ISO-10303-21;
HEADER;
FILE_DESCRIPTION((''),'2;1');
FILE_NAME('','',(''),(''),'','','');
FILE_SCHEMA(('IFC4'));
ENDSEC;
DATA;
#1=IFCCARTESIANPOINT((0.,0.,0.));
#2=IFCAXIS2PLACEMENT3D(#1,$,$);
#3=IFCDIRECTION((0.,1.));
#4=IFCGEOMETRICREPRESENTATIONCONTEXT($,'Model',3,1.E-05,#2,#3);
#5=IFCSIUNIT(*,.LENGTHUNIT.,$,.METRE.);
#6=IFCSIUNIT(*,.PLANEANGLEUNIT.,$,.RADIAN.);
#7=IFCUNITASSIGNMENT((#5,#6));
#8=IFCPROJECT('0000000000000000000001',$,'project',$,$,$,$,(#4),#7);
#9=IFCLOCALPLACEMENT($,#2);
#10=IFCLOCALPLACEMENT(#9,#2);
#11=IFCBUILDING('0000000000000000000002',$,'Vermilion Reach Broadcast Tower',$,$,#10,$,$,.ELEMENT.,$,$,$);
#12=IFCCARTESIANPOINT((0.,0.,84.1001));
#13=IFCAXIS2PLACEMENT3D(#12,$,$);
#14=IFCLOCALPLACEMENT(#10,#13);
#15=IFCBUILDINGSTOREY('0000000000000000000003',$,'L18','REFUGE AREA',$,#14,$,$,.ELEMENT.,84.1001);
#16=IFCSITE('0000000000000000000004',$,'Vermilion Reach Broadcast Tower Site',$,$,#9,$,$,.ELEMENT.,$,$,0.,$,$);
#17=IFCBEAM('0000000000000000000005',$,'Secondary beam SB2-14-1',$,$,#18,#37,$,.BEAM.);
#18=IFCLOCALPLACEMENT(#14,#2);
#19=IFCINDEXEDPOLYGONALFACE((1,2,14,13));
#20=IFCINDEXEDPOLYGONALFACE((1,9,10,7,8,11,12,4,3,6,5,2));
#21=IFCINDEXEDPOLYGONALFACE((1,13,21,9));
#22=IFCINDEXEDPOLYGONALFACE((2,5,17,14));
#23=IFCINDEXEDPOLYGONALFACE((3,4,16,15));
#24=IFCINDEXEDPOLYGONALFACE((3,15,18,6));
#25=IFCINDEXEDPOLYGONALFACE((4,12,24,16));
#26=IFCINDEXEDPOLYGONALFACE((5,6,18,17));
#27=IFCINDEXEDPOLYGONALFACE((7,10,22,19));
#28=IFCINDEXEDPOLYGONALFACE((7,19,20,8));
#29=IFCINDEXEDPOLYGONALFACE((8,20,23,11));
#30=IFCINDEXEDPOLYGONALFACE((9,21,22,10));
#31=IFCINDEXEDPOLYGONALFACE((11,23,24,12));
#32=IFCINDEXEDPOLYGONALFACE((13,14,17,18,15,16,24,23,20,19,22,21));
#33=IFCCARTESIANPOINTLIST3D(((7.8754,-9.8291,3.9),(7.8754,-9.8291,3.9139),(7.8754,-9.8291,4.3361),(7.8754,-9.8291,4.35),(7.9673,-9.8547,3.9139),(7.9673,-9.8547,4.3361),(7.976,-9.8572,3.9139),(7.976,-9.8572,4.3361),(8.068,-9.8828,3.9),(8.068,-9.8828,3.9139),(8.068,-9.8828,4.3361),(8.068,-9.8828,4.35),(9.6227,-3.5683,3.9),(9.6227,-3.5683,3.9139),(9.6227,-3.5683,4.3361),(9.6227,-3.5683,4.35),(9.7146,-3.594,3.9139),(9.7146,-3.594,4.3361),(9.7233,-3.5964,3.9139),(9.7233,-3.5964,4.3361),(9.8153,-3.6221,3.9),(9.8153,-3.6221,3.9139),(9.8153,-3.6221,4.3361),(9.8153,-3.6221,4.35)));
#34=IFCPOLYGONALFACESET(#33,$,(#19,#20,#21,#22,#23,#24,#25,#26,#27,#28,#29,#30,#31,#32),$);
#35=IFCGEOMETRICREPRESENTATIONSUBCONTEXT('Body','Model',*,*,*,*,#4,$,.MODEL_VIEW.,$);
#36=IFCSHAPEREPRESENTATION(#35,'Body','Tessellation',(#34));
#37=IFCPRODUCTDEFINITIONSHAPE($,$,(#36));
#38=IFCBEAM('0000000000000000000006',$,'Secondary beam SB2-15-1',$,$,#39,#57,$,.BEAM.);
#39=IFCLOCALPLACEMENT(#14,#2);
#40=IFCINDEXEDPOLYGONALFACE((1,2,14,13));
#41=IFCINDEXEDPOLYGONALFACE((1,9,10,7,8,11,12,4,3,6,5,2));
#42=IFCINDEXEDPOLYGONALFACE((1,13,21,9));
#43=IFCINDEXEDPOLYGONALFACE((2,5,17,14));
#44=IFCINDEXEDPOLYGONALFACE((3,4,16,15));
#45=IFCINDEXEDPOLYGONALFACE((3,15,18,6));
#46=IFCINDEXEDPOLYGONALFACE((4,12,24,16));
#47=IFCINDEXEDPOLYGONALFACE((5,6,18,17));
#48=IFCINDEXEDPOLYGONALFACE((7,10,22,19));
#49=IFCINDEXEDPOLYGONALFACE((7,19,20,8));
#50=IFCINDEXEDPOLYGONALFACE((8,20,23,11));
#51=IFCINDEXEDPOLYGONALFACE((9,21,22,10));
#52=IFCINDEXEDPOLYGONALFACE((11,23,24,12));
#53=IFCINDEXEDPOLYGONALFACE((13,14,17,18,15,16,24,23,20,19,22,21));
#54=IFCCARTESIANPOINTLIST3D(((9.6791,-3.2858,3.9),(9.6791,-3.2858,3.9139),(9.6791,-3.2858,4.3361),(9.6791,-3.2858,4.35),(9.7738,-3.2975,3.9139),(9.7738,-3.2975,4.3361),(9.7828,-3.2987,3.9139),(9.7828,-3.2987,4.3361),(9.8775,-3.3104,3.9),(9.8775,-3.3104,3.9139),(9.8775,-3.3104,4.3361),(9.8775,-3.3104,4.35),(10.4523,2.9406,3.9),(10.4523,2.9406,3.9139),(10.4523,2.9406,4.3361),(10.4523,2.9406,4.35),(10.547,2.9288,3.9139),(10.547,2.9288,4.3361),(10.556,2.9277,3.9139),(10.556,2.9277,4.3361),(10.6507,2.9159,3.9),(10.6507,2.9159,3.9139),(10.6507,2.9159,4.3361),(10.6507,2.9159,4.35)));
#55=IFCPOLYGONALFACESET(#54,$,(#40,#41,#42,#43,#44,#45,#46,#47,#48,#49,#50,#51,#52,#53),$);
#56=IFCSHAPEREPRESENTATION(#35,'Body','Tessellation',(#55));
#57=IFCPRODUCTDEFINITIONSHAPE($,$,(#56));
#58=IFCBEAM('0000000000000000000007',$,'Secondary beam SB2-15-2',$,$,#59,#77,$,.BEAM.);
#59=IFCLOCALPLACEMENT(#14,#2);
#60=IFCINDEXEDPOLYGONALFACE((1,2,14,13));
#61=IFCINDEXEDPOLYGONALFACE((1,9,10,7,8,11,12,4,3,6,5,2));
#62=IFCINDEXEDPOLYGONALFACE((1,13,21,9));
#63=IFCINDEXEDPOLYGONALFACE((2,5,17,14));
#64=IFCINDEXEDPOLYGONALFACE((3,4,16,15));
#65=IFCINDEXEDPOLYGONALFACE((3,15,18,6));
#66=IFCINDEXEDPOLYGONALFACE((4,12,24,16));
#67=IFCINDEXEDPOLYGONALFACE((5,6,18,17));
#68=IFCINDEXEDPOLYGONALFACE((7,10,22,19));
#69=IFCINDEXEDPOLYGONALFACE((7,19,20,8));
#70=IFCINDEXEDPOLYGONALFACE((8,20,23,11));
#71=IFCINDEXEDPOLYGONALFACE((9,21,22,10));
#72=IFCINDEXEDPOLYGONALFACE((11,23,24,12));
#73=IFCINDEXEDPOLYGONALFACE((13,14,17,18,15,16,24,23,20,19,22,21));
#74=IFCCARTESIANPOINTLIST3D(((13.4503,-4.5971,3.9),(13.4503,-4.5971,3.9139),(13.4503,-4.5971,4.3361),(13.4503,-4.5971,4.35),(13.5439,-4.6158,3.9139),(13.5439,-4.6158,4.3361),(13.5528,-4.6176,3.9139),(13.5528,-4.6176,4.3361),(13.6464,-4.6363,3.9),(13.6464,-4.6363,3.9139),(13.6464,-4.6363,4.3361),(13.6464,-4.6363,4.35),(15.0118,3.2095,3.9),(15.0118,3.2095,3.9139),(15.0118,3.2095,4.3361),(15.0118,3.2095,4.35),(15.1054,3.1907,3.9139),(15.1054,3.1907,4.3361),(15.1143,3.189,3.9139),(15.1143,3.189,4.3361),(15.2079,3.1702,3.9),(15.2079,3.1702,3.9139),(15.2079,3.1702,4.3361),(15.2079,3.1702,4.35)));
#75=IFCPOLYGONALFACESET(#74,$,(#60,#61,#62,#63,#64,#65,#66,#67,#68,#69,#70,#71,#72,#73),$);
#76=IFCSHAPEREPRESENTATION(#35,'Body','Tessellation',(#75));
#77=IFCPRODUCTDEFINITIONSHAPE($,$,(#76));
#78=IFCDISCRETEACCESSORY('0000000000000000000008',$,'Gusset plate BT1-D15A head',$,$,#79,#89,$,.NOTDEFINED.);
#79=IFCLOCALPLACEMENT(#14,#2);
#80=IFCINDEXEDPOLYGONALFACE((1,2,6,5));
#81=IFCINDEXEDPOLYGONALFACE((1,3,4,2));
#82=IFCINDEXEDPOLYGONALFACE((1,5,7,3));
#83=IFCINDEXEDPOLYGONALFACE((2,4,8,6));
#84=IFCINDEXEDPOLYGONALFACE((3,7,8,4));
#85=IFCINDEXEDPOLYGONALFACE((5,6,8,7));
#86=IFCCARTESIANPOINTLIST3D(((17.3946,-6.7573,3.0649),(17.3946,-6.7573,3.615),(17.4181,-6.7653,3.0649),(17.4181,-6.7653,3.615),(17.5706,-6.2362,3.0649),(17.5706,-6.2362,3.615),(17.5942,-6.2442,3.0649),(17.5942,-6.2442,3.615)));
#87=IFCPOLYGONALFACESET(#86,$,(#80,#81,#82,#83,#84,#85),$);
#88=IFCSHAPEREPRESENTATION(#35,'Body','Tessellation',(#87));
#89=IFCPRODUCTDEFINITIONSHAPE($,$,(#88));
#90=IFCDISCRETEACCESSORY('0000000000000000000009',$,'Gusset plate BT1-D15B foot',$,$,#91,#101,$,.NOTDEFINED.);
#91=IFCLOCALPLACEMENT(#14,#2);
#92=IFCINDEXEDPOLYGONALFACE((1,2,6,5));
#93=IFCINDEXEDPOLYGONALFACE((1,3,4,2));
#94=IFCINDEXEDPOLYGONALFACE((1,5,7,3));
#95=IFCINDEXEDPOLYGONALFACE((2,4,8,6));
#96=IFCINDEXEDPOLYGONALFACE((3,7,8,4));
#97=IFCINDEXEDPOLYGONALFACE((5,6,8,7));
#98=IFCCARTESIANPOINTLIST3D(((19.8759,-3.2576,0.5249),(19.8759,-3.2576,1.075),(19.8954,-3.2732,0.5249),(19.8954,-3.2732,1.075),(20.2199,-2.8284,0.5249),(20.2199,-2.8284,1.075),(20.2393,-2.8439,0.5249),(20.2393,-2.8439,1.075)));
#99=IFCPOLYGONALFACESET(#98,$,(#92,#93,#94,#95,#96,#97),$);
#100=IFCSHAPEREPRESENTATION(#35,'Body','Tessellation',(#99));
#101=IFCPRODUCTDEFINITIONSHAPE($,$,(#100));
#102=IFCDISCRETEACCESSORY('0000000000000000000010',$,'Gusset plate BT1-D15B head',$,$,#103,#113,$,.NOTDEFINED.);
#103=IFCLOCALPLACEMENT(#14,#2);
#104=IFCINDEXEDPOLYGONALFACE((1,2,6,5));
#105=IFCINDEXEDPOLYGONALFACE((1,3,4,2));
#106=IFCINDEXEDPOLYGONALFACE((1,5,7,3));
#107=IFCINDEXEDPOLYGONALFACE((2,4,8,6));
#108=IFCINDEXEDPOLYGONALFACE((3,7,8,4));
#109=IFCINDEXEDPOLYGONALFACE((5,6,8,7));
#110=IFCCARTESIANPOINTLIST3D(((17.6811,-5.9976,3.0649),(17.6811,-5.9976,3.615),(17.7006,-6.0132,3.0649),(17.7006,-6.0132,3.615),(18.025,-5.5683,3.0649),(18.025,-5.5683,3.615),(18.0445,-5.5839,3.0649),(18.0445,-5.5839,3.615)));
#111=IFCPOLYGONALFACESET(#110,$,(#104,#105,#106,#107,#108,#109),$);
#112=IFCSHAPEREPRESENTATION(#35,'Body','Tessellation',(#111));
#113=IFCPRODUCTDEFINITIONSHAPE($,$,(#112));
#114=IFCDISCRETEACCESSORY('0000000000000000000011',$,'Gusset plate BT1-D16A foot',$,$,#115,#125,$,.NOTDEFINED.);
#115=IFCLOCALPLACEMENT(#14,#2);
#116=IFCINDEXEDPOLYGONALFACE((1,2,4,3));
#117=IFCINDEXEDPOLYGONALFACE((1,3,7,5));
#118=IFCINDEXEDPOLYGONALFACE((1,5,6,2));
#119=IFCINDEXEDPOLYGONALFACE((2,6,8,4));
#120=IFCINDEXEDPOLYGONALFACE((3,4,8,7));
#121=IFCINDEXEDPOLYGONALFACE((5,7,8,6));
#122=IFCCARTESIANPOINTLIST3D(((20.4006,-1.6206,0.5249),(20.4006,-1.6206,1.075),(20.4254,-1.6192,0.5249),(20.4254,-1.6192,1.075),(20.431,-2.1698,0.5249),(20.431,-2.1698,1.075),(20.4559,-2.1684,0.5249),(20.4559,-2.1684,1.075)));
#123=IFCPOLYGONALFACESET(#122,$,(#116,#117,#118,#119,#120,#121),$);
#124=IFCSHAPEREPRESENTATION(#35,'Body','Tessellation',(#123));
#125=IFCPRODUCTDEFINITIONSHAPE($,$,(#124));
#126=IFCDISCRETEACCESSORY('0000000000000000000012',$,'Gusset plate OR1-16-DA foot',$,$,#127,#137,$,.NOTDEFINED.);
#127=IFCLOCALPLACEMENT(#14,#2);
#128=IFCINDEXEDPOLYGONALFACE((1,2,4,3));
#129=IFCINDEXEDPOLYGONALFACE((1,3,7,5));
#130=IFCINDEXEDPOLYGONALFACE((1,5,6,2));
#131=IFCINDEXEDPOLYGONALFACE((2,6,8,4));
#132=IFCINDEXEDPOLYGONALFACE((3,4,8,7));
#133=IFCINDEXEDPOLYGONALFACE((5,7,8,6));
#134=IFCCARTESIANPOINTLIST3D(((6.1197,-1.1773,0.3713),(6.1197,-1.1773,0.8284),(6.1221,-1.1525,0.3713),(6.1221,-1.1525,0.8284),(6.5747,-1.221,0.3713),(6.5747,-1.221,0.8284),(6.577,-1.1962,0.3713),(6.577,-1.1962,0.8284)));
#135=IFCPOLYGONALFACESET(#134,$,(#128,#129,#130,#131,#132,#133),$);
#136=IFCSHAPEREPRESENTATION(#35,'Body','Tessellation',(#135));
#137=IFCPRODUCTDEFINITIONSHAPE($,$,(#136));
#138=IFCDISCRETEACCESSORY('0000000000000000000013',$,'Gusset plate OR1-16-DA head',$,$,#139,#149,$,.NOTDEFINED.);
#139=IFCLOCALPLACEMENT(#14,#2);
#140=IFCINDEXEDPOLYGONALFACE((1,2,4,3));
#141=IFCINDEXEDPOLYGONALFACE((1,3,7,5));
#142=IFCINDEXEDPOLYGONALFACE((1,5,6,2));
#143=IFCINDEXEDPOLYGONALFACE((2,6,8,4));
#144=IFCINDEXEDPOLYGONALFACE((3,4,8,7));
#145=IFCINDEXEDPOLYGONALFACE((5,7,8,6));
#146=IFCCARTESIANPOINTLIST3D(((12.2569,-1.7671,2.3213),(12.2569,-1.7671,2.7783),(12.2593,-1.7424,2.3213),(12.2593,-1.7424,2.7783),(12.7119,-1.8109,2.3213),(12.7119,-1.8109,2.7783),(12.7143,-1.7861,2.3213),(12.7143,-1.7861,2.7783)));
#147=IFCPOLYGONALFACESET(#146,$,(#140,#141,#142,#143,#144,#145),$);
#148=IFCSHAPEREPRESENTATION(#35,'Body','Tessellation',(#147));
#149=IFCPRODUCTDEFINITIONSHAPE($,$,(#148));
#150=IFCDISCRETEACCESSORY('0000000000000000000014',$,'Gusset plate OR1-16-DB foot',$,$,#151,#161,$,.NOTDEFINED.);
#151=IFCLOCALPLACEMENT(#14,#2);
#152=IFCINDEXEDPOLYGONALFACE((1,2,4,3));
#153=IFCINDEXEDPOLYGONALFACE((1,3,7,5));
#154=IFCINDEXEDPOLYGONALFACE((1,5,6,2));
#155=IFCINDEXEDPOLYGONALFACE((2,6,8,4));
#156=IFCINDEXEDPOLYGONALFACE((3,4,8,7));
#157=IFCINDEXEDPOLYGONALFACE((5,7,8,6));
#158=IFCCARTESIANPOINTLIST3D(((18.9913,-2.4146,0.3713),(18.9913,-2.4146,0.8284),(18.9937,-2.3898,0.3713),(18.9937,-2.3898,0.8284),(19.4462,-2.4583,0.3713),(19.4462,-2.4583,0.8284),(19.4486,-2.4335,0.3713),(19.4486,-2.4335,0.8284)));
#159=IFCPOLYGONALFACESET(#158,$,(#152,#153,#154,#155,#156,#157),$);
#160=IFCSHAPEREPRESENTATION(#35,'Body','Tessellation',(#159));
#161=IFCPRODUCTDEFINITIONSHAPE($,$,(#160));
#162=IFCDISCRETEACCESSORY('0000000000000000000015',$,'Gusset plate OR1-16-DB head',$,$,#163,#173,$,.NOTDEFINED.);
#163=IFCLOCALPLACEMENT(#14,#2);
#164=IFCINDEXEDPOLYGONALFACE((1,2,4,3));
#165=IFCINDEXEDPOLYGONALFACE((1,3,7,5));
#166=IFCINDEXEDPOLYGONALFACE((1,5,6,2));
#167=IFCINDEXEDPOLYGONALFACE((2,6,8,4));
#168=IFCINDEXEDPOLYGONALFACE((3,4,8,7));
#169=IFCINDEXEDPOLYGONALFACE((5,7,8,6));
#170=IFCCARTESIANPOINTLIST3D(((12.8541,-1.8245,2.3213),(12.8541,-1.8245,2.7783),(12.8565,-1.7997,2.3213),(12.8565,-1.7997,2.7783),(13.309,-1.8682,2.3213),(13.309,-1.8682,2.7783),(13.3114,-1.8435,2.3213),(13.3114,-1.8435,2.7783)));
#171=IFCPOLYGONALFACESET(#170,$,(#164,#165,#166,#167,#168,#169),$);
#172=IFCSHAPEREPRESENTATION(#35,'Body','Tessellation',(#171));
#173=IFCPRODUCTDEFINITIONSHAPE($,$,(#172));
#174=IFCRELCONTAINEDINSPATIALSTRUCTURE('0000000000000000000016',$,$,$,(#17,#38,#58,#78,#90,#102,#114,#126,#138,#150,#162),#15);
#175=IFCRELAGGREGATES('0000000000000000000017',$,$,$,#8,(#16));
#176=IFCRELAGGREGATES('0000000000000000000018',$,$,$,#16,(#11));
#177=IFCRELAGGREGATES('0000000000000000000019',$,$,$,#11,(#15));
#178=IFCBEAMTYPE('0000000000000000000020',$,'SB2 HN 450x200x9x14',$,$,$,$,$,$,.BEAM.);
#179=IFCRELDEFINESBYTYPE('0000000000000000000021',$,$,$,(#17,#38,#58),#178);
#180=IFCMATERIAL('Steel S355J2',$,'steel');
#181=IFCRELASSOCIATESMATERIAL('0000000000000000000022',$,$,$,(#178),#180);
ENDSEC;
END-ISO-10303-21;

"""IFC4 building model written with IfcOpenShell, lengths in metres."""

from ifc_helpers import new_model, si_unit, direction, frame, origin, origin_2d, place, context, subcontext, project, spatial, rectangle, i_section, extrude, material, material_profile, profile_set, type_object, element, save


model = new_model("IFC4")

# Units and contexts
model_context = context("Model", 3, precision=1e-05, world=origin(), true_north=direction((0.0, 1.0)))
body_context = subcontext(model_context, "Body", "Model", "MODEL_VIEW")
ifc_project = project(units=[si_unit("LENGTHUNIT", "METRE"), si_unit("PLANEANGLEUNIT", "RADIAN")], contexts=[model_context])

# Site, building, storey
site_placement = place(None, origin())
site = spatial("IfcSite", under=ifc_project, at=site_placement, Name="Vermilion Reach Broadcast Tower Site", CompositionType="ELEMENT", RefElevation=0.0)
building_placement = place(site_placement, origin())
building = spatial("IfcBuilding", under=site, at=building_placement, Name="Vermilion Reach Broadcast Tower", CompositionType="ELEMENT")
storey_placement = place(building_placement, frame((0.0, 0.0, 84.1001)))
storey = spatial("IfcBuildingStorey", under=building, at=storey_placement, Name="L18", Description="REFUGE AREA", CompositionType="ELEMENT", Elevation=84.1001)

# Beams
ifc_material_1 = material(Name="Steel S355J2", Category="steel")
ifc_material_profile_1 = material_profile(ifc_material_1, i_section(OverallWidth=0.2, OverallDepth=0.45, WebThickness=0.009, FlangeThickness=0.0139, at=origin_2d()), Name="S355J2 HN 450x200x9x14")
ifc_profile_set_1 = profile_set([ifc_material_profile_1], Name="Steel S355J2")
beam_type_1 = type_object("IfcBeamType", Name="SB2 HN 450x200x9x14", PredefinedType="BEAM", material=ifc_profile_set_1)
beam_1_placement = place(storey_placement, frame((7.9717, -9.856, 4.125), z_axis=(0.268818, 0.963191, 0.0), x_axis=(-0.963191, 0.268818, 0.0)))
element("IfcBeam", 1, at=beam_1_placement, inside=storey, type_object=beam_type_1, Name="Secondary beam SB2-14-1", PredefinedType="BEAM", context=body_context, shape_type="SweptSolid", body=[
    extrude(i_section(OverallWidth=0.2, OverallDepth=0.45, WebThickness=0.009, FlangeThickness=0.0139, at=origin_2d()), origin(), (0.0, 0.0, 1.0), 6.5),
])
beam_2_placement = place(storey_placement, frame((9.7783, -3.2981, 4.125), z_axis=(0.123235, 0.992378, 0.0), x_axis=(-0.992378, 0.123235, 0.0)))
element("IfcBeam", 2, at=beam_2_placement, inside=storey, type_object=beam_type_1, Name="Secondary beam SB2-15-1", PredefinedType="BEAM", context=body_context, shape_type="SweptSolid", body=[
    extrude(i_section(OverallWidth=0.2, OverallDepth=0.45, WebThickness=0.009, FlangeThickness=0.0139, at=origin_2d()), origin(), (0.0, 0.0, 1.0), 6.2742),
])
beam_3_placement = place(storey_placement, frame((13.5483, -4.6167, 4.125), z_axis=(0.19614, 0.980576, 0.0), x_axis=(-0.980576, 0.19614, 0.0)))
element("IfcBeam", 3, at=beam_3_placement, inside=storey, type_object=beam_type_1, Name="Secondary beam SB2-15-2", PredefinedType="BEAM", context=body_context, shape_type="SweptSolid", body=[
    extrude(i_section(OverallWidth=0.2, OverallDepth=0.45, WebThickness=0.009, FlangeThickness=0.0139, at=origin_2d()), origin(), (0.0, 0.0, 1.0), 7.9612),
])

# Discrete accessories
for number, where, z_axis, x_axis, name in (
    (4, (17.4944, -6.5007, 3.0649), (0.0, 0.0, 1.0), (-0.947384, 0.320098, 0.0), "Gusset plate BT1-D15A head"),
    (5, (20.0576, -3.0508, 0.5249), (0.0, 0.0, 1.0), (0.780438, -0.625234, 0.0), "Gusset plate BT1-D15B foot"),
    (6, (17.8628, -5.7908, 3.0649), (0.0, 0.0, 1.0), (0.780438, -0.625234, 0.0), "Gusset plate BT1-D15B head"),
    (7, (20.4282, -1.8945, 0.5249), (0.0, 0.0, 1.0), (-0.998466, -0.055368, 0.0), "Gusset plate BT1-D16A foot"),
):
    element("IfcDiscreteAccessory", number, at=place(storey_placement, frame(where, z_axis=z_axis, x_axis=x_axis)), inside=storey, Name=name, PredefinedType="NOTDEFINED", context=body_context, shape_type="SweptSolid", body=[
        extrude(rectangle(XDim=0.0249, YDim=0.55, at=origin_2d()), origin(), (0.0, 0.0, 1.0), 0.55),
    ])
for number, where, z_axis, x_axis, name in (
    (8, (6.3484, -1.1868, 0.3713), (0.0, 0.0, 1.0), (0.095672, 0.995413, 0.0), "Gusset plate OR1-16-DA foot"),
    (9, (12.4856, -1.7766, 2.3213), (0.0, 0.0, 1.0), (0.095672, 0.995413, 0.0), "Gusset plate OR1-16-DA head"),
    (10, (19.22, -2.4241, 0.3713), (0.0, 0.0, 1.0), (0.095672, 0.995413, 0.0), "Gusset plate OR1-16-DB foot"),
    (11, (13.0828, -1.834, 2.3213), (0.0, 0.0, 1.0), (0.095672, 0.995413, 0.0), "Gusset plate OR1-16-DB head"),
):
    element("IfcDiscreteAccessory", number, at=place(storey_placement, frame(where, z_axis=z_axis, x_axis=x_axis)), inside=storey, Name=name, PredefinedType="NOTDEFINED", context=body_context, shape_type="SweptSolid", body=[
        extrude(rectangle(XDim=0.0249, YDim=0.457, at=origin_2d()), origin(), (0.0, 0.0, 1.0), 0.457),
    ])

save(model, "model.ifc")
